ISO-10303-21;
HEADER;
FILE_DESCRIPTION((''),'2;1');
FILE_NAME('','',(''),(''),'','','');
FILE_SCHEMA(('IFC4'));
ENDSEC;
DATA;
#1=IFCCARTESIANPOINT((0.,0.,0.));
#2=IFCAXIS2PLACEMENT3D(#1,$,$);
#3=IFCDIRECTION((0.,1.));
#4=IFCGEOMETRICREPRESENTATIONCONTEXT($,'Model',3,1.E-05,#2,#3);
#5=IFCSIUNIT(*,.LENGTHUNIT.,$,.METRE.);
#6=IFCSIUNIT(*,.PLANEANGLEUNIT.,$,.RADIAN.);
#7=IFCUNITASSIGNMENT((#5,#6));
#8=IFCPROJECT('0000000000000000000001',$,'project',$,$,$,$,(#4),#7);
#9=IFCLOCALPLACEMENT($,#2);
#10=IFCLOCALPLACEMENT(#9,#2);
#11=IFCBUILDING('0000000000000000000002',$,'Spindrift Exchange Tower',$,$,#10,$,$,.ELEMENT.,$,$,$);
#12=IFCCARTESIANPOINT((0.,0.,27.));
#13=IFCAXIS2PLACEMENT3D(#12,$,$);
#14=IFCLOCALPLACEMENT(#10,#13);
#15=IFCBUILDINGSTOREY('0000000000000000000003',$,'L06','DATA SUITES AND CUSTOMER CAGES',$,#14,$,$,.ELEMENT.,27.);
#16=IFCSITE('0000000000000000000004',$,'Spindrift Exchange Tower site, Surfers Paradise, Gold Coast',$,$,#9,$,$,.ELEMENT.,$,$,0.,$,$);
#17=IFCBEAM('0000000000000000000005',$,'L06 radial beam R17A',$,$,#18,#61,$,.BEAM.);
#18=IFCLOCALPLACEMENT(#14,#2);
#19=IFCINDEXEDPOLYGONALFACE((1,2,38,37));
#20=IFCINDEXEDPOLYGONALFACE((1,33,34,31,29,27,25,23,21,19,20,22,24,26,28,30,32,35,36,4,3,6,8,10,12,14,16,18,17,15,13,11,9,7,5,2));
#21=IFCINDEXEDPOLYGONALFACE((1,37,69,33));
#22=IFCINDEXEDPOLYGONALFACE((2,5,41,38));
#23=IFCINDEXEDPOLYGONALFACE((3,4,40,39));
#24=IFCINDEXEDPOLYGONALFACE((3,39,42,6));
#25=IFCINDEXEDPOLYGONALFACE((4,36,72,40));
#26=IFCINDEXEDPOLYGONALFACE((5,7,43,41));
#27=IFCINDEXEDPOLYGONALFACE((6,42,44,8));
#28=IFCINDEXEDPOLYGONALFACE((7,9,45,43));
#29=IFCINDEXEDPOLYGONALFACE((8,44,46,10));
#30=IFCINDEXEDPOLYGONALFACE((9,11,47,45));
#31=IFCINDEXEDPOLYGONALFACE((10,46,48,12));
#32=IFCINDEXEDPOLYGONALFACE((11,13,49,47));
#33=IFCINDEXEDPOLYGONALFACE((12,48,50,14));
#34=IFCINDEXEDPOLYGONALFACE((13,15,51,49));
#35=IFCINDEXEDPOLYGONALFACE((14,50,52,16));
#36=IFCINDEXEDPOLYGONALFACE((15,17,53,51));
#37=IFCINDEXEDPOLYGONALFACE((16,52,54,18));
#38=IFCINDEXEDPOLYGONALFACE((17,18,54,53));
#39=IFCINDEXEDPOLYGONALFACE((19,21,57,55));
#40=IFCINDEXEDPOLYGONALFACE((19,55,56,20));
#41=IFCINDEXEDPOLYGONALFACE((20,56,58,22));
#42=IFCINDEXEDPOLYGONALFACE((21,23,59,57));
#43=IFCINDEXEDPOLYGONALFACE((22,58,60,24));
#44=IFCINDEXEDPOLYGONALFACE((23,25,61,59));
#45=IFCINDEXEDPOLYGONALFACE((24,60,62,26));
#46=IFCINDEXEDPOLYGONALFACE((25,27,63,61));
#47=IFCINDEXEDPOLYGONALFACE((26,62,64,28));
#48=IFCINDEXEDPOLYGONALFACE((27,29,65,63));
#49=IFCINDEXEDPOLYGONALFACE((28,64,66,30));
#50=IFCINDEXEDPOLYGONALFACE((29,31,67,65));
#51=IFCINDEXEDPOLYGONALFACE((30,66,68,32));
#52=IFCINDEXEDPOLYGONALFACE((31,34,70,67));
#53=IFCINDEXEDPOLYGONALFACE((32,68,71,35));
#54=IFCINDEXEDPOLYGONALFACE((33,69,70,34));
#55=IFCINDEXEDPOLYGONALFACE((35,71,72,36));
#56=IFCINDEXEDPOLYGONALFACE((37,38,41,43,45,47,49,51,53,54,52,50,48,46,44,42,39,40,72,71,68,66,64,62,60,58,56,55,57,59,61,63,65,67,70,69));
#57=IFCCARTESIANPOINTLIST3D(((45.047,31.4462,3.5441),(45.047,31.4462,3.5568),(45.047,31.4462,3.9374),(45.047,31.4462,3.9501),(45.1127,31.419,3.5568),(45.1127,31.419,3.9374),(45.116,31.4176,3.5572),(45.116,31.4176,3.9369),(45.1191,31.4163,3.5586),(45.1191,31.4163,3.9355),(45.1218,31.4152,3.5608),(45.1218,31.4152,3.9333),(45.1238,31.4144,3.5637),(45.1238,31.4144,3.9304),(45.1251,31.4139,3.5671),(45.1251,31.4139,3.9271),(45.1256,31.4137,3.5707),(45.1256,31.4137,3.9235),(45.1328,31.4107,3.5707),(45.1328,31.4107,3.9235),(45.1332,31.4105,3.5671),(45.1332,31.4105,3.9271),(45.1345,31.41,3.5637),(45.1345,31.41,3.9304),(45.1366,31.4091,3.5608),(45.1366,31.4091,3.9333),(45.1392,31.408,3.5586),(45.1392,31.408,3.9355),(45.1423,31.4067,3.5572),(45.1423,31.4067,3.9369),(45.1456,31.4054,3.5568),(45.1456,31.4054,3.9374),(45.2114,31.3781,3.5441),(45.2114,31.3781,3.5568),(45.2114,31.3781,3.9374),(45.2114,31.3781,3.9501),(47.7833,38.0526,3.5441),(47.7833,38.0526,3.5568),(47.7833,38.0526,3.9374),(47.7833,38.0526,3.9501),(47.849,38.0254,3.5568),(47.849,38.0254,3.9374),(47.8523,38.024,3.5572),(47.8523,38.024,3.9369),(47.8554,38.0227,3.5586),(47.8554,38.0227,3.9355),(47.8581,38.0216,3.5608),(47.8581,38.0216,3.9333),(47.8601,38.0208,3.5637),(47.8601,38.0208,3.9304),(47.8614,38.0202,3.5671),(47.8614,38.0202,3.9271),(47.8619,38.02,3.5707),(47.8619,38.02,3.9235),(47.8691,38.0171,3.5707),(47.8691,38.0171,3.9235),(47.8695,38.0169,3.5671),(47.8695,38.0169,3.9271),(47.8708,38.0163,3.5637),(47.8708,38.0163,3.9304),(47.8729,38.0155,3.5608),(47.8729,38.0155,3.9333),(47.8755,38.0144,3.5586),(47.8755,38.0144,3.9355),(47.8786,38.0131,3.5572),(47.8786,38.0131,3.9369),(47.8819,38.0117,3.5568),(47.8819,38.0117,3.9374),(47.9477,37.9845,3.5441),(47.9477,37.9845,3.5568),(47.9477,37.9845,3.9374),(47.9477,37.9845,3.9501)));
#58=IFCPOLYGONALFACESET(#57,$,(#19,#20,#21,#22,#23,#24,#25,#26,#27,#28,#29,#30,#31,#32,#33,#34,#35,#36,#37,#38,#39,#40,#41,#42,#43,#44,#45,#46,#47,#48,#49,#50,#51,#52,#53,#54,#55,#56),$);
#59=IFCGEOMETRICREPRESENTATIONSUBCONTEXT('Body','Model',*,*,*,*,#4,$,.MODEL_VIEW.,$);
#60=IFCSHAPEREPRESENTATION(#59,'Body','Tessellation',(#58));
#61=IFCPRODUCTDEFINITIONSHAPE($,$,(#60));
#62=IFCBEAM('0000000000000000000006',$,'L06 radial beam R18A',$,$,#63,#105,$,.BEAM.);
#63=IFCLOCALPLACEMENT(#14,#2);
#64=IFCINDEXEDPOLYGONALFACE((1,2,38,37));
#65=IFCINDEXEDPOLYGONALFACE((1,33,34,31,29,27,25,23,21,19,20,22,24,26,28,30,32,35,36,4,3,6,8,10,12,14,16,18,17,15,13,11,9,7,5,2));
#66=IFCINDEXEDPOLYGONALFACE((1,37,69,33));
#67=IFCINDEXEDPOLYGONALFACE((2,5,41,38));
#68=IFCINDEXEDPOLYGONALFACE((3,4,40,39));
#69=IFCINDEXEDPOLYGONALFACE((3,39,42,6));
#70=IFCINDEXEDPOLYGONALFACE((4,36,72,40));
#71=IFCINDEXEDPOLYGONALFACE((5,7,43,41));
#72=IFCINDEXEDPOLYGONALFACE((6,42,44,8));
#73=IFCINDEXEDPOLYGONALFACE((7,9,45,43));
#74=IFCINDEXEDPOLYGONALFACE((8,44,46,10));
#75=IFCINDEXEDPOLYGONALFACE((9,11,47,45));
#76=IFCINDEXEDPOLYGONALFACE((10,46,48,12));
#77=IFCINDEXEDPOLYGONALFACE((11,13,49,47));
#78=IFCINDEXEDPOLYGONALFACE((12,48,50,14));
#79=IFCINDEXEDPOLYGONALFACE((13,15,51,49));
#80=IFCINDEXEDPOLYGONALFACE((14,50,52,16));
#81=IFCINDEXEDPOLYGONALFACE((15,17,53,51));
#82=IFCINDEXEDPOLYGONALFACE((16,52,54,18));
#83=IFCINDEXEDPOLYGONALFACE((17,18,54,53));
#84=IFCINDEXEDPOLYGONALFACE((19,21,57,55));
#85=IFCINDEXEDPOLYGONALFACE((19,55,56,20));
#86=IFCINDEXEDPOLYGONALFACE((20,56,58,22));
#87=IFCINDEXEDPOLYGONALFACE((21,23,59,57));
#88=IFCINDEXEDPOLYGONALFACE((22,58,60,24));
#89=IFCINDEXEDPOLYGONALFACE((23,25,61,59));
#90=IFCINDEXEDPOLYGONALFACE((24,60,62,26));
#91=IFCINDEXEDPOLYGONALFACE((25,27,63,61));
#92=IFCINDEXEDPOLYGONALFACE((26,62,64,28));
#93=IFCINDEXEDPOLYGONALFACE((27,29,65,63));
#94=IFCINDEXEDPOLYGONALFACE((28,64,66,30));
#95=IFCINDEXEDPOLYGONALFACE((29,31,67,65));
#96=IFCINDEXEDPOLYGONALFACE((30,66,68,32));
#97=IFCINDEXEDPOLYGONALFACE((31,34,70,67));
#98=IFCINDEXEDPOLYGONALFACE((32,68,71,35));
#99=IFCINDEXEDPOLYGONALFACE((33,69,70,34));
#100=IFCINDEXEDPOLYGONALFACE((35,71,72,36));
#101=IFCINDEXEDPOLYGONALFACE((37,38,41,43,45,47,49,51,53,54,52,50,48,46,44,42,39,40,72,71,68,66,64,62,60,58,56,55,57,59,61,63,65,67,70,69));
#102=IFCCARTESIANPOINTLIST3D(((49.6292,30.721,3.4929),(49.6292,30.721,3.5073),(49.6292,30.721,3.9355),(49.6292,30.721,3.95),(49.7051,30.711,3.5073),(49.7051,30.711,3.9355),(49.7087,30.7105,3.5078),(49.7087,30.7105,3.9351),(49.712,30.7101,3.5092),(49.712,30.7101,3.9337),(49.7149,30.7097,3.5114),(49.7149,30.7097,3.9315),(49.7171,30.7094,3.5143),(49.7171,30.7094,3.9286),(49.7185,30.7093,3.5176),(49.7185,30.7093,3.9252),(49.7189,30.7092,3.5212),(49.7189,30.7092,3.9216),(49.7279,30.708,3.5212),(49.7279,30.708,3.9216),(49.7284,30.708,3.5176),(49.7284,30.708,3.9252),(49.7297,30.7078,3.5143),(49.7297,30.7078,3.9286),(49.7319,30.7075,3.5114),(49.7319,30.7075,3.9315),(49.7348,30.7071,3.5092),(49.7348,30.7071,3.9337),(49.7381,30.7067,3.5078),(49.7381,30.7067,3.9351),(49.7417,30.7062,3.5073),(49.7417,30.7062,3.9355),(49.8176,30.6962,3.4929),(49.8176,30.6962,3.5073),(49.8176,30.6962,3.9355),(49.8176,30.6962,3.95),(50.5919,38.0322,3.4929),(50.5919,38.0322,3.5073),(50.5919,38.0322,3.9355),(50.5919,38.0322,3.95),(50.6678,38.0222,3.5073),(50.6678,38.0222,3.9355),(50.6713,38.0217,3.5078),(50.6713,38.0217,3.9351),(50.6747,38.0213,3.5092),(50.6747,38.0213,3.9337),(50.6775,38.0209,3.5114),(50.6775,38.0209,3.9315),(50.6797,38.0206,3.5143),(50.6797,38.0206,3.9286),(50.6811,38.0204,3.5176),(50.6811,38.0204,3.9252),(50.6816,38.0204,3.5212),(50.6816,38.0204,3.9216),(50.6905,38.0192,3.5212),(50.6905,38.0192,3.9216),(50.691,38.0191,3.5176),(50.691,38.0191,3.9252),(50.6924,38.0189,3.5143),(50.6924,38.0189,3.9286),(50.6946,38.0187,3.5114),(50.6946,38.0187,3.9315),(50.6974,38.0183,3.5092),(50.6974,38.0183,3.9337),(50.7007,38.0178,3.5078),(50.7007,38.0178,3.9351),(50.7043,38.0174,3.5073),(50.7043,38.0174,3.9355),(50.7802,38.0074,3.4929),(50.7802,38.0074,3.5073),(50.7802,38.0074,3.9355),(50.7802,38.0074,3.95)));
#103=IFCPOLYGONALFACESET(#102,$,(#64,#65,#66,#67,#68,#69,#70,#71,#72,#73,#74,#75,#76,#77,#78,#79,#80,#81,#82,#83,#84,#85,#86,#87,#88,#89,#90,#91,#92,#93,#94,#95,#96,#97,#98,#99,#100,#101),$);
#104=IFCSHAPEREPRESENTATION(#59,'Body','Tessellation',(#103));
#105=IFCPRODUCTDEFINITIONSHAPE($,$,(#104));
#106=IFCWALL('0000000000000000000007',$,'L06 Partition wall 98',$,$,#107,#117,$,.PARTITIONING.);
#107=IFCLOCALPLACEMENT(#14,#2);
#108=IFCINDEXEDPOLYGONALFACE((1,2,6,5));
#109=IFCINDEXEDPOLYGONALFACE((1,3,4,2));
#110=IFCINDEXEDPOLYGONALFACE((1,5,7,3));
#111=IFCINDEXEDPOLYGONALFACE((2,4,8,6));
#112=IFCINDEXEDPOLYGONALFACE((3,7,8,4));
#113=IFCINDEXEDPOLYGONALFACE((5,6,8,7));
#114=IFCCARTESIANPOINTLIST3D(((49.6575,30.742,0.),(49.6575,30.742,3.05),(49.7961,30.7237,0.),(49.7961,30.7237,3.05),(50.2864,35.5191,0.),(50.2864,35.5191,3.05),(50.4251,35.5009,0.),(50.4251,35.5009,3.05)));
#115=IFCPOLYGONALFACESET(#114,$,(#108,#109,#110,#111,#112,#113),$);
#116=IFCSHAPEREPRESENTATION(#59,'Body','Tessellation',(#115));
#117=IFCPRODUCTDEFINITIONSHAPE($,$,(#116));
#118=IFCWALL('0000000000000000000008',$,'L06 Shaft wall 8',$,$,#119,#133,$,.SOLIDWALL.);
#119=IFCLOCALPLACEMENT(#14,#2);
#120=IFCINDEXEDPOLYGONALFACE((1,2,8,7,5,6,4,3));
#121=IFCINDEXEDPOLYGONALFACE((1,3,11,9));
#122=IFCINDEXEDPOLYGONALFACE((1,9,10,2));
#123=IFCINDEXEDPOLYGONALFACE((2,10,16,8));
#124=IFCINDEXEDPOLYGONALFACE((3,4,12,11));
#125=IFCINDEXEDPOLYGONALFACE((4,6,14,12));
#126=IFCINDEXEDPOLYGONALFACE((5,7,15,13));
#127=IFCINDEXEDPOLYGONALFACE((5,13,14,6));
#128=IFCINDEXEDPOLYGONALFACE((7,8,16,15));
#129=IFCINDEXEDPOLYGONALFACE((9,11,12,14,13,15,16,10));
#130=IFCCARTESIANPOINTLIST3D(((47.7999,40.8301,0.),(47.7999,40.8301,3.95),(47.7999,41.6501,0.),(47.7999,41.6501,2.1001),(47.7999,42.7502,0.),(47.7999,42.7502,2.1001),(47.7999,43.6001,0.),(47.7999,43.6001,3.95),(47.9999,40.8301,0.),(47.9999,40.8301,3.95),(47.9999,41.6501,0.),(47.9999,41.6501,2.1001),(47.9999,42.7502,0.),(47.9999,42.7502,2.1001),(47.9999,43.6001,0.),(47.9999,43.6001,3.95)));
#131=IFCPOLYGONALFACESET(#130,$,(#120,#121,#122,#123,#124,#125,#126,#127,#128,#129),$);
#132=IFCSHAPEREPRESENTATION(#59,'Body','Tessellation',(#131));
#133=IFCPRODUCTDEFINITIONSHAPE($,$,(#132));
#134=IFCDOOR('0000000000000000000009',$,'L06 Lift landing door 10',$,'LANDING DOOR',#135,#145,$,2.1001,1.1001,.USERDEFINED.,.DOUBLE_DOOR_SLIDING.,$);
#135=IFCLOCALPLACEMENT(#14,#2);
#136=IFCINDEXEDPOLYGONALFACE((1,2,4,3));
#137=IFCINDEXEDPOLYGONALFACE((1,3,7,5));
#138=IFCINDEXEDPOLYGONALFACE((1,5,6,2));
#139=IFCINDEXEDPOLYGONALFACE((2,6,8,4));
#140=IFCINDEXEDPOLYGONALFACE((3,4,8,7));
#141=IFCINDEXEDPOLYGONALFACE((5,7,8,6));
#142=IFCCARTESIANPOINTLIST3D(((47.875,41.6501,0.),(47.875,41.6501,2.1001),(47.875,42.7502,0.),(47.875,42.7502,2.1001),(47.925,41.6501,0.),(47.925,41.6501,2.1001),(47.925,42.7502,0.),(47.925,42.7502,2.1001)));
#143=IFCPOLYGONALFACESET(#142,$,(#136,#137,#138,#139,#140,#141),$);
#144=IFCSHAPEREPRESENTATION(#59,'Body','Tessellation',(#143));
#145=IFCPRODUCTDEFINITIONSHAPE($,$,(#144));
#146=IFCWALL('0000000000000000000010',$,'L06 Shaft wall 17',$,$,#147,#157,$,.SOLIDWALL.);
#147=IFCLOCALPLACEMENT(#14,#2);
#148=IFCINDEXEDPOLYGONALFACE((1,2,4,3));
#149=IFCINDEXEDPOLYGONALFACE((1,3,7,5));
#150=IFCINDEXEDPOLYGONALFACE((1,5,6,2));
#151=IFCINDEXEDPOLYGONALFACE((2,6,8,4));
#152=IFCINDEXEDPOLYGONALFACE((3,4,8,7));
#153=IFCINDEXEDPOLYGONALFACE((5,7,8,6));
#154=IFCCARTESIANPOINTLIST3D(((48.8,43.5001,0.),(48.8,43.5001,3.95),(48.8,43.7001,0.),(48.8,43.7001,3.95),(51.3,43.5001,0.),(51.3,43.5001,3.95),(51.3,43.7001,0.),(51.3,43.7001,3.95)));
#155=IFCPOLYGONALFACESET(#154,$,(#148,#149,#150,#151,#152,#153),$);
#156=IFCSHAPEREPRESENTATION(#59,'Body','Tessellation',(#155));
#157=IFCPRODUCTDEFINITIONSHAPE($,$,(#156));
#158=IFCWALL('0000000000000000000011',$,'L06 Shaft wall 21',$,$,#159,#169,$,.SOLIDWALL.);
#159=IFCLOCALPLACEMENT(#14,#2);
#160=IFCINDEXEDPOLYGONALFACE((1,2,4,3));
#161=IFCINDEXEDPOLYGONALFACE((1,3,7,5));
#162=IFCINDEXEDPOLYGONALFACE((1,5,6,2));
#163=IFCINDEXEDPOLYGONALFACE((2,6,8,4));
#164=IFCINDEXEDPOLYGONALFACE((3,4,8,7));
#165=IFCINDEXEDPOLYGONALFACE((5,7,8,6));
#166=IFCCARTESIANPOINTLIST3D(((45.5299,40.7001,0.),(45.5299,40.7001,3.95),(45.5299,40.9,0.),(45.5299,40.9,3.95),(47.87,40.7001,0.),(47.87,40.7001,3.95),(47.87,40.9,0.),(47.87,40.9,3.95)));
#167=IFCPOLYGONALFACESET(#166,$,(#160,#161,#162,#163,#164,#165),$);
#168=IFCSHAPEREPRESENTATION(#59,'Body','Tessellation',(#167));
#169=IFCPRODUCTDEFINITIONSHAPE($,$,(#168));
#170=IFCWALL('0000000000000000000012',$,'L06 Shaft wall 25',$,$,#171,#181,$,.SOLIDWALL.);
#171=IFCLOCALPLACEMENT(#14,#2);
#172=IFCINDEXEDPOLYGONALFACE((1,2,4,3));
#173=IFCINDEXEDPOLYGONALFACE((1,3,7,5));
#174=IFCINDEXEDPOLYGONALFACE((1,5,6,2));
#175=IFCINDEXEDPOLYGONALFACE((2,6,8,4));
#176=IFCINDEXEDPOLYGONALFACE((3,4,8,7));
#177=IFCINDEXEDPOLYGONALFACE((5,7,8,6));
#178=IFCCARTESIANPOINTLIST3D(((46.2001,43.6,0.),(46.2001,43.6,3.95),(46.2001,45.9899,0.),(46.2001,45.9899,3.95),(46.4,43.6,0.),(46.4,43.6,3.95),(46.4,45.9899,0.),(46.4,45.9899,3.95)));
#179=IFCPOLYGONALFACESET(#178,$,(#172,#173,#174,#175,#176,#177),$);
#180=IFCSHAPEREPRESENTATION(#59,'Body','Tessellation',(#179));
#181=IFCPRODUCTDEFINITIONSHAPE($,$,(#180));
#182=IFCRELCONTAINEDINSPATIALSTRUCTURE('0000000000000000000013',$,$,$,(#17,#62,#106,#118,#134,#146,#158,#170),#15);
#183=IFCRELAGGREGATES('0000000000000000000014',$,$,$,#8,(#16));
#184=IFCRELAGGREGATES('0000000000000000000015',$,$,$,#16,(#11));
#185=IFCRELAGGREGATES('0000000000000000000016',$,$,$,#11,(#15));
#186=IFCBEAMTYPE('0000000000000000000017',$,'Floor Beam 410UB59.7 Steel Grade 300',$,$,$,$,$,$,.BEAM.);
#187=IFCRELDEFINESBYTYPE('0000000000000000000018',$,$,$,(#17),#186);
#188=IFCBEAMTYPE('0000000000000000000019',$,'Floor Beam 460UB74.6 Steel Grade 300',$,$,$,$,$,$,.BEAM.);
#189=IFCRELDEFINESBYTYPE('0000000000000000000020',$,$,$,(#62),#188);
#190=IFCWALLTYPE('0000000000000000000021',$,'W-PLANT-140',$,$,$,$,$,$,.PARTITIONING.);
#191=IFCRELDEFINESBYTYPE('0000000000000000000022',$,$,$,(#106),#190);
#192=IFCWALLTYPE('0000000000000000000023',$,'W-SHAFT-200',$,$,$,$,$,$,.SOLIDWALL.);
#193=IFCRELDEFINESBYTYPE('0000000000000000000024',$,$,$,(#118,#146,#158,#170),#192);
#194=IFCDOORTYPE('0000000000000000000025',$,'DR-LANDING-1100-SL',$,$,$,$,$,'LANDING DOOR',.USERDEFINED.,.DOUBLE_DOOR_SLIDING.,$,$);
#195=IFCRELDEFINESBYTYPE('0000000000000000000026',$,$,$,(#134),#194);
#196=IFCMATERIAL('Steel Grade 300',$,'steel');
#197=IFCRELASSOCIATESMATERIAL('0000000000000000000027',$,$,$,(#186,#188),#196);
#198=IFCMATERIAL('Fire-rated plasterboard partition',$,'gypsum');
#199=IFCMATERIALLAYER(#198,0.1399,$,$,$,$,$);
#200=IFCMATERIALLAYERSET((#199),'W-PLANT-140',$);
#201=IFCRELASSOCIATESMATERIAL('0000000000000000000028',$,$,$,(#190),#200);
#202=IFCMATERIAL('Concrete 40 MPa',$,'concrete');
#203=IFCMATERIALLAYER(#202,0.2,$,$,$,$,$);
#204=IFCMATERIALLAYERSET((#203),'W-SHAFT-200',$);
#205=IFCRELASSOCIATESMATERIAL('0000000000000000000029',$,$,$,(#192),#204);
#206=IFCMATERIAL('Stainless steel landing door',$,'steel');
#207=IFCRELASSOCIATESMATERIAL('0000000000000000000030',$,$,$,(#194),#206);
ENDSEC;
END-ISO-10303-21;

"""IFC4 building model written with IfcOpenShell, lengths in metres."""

from ifc_helpers import new_model, si_unit, direction, frame, frame_2d, origin, origin_2d, place, context, subcontext, project, spatial, rectangle, i_section, extrude, source, transform, mapped, material, layer, layer_set, material_profile, profile_set, type_object, element, fill, save


model = new_model("IFC4")

# Units and contexts
model_context = context("Model", 3, precision=1e-05, world=origin(), true_north=direction((0.0, 1.0)))
body_context = subcontext(model_context, "Body", "Model", "MODEL_VIEW")
ifc_project = project(units=[si_unit("LENGTHUNIT", "METRE"), si_unit("PLANEANGLEUNIT", "RADIAN")], contexts=[model_context])

# Site, building, storey
site_placement = place(None, origin())
site = spatial("IfcSite", under=ifc_project, at=site_placement, Name="Spindrift Exchange Tower site, Surfers Paradise, Gold Coast", CompositionType="ELEMENT", RefElevation=0.0)
building_placement = place(site_placement, origin())
building = spatial("IfcBuilding", under=site, at=building_placement, Name="Spindrift Exchange Tower", CompositionType="ELEMENT")
storey_placement = place(building_placement, frame((0.0, 0.0, 27.0)))
storey = spatial("IfcBuildingStorey", under=building, at=storey_placement, Name="L06", Description="DATA SUITES AND CUSTOMER CAGES", CompositionType="ELEMENT", Elevation=27.0)

# Beams
ifc_material_1 = material(Name="Steel Grade 300", Category="steel")
ifc_material_profile_1 = material_profile(ifc_material_1, i_section(OverallWidth=0.178, OverallDepth=0.406, WebThickness=0.0078, FlangeThickness=0.0127, FilletRadius=0.0139, at=origin_2d()), Name="410UB59.7")
ifc_profile_set_1 = profile_set([ifc_material_profile_1], Name="Steel Grade 300")
beam_type_1 = type_object("IfcBeamType", Name="Floor Beam 410UB59.7 Steel Grade 300", PredefinedType="BEAM", material=ifc_profile_set_1)
shared_shape_1 = source(origin(), body_context, "Body", "SweptSolid", [
    extrude(i_section(OverallWidth=0.178, OverallDepth=0.406, WebThickness=0.0078, FlangeThickness=0.0127, FilletRadius=0.0139, at=origin_2d()), origin(), (0.0, 0.0, 1.0), 7.1506),
])
beam_1_placement = place(storey_placement, frame((47.8655, 38.0186, 3.7471), z_axis=(-0.382665, -0.923887, 0.0), x_axis=(0.923887, -0.382665, 0.0)))
element("IfcBeam", 1, at=beam_1_placement, inside=storey, type_object=beam_type_1, Name="L06 radial beam R17A", PredefinedType="BEAM", context=body_context, shape_type="MappedRepresentation", body=[
    mapped(shared_shape_1, transform((0.0, 0.0, 0.0), scale=1.0)),
])
ifc_material_profile_2 = material_profile(ifc_material_1, i_section(OverallWidth=0.1899, OverallDepth=0.457, WebThickness=0.009, FlangeThickness=0.0144, FilletRadius=0.0139, at=origin_2d()), Name="460UB74.6")
ifc_profile_set_2 = profile_set([ifc_material_profile_2], Name="Steel Grade 300")
beam_type_2 = type_object("IfcBeamType", Name="Floor Beam 460UB74.6 Steel Grade 300", PredefinedType="BEAM", material=ifc_profile_set_2)
shared_shape_2 = source(origin(), body_context, "Body", "SweptSolid", [
    extrude(i_section(OverallWidth=0.1899, OverallDepth=0.457, WebThickness=0.009, FlangeThickness=0.0144, FilletRadius=0.0139, at=origin_2d()), origin(), (0.0, 0.0, 1.0), 7.3743),
])
beam_2_placement = place(storey_placement, frame((50.686, 38.0198, 3.7214), z_axis=(-0.130539, -0.991443, 0.0), x_axis=(0.991443, -0.130539, 0.0)))
element("IfcBeam", 2, at=beam_2_placement, inside=storey, type_object=beam_type_2, Name="L06 radial beam R18A", PredefinedType="BEAM", context=body_context, shape_type="MappedRepresentation", body=[
    mapped(shared_shape_2, transform((0.0, 0.0, 0.0), scale=1.0)),
])

# Wall
ifc_material_2 = material(Name="Fire-rated plasterboard partition", Category="gypsum")
ifc_layer_1 = layer(ifc_material_2, 0.1399)
ifc_layer_set_1 = layer_set([ifc_layer_1], Name="W-PLANT-140")
wall_type_1 = type_object("IfcWallType", Name="W-PLANT-140", PredefinedType="PARTITIONING", material=ifc_layer_set_1)
wall_1_placement = place(storey_placement, frame((50.3557, 35.51, 0.0), z_axis=(0.0, 0.0, 1.0), x_axis=(-0.130524, -0.991445, 0.0)))
element("IfcWall", 3, at=wall_1_placement, inside=storey, type_object=wall_type_1, Name="L06 Partition wall 98", PredefinedType="PARTITIONING", context=body_context, shape_type="SweptSolid", body=[
    extrude(rectangle(XDim=4.8184, YDim=0.1399, at=frame_2d((2.4092, 0.0))), origin(), (0.0, 0.0, 1.0), 3.05),
])

# Wall, opening, door
ifc_material_3 = material(Name="Concrete 40 MPa", Category="concrete")
ifc_layer_2 = layer(ifc_material_3, 0.2)
ifc_layer_set_2 = layer_set([ifc_layer_2], Name="W-SHAFT-200")
wall_type_2 = type_object("IfcWallType", Name="W-SHAFT-200", PredefinedType="SOLIDWALL", material=ifc_layer_set_2)
wall_2_placement = place(storey_placement, frame((47.8999, 40.8301, 0.0), z_axis=(0.0, 0.0, 1.0), x_axis=(0.0, 1.0, 0.0)))
wall_2 = element("IfcWall", 4, at=wall_2_placement, inside=storey, type_object=wall_type_2, Name="L06 Shaft wall 8", PredefinedType="SOLIDWALL", context=body_context, shape_type="SweptSolid", body=[
    extrude(rectangle(XDim=2.77, YDim=0.2, at=frame_2d((1.385, 0.0))), origin(), (0.0, 0.0, 1.0), 3.95),
])
opening_1_placement = place(wall_2_placement, frame((0.8201, 0.0, 0.0)))
opening_1 = element("IfcOpeningElement", 5, at=opening_1_placement, cuts=wall_2, PredefinedType="OPENING", context=body_context, shape_type="SweptSolid", body=[
    extrude(rectangle(XDim=1.1001, YDim=2.1001, at=frame_2d((0.55, 1.05))), frame((0.0, 0.1099, 0.0), z_axis=(0.0, -1.0, 0.0), x_axis=(1.0, 0.0, 0.0)), (0.0, 0.0, 1.0), 0.22),
])
ifc_material_4 = material(Name="Stainless steel landing door", Category="steel")
door_type_1 = type_object("IfcDoorType", Name="DR-LANDING-1100-SL", ElementType="LANDING DOOR", OperationType="DOUBLE_DOOR_SLIDING", PredefinedType="USERDEFINED", material=ifc_material_4)
shared_shape_3 = source(origin(), body_context, "Body", "SweptSolid", [
    extrude(rectangle(XDim=1.1001, YDim=2.1001, at=frame_2d((0.55, 1.05))), frame((0.0, 0.0249, 0.0), z_axis=(0.0, -1.0, 0.0), x_axis=(1.0, 0.0, 0.0)), (0.0, 0.0, 1.0), 0.05),
])
door_1_placement = place(opening_1_placement, origin())
door_1 = element("IfcDoor", 6, at=door_1_placement, inside=storey, type_object=door_type_1, Name="L06 Lift landing door 10", ObjectType="LANDING DOOR", OperationType="DOUBLE_DOOR_SLIDING", OverallHeight=2.1001, OverallWidth=1.1001, PredefinedType="USERDEFINED", context=body_context, shape_type="MappedRepresentation", body=[
    mapped(shared_shape_3, transform((0.0, 0.0, 0.0), scale=1.0)),
])
fill(opening_1, door_1)

# Walls
wall_3_placement = place(storey_placement, frame((48.8, 43.6001, 0.0), z_axis=(0.0, 0.0, 1.0), x_axis=(1.0, 0.0, 0.0)))
element("IfcWall", 7, at=wall_3_placement, inside=storey, type_object=wall_type_2, Name="L06 Shaft wall 17", PredefinedType="SOLIDWALL", context=body_context, shape_type="SweptSolid", body=[
    extrude(rectangle(XDim=2.5, YDim=0.2, at=frame_2d((1.25, 0.0))), origin(), (0.0, 0.0, 1.0), 3.95),
])
wall_4_placement = place(storey_placement, frame((45.53, 40.8, 0.0), z_axis=(0.0, 0.0, 1.0), x_axis=(1.0, 0.0, 0.0)))
element("IfcWall", 8, at=wall_4_placement, inside=storey, type_object=wall_type_2, Name="L06 Shaft wall 21", PredefinedType="SOLIDWALL", context=body_context, shape_type="SweptSolid", body=[
    extrude(rectangle(XDim=2.3401, YDim=0.2, at=frame_2d((1.1699, 0.0))), origin(), (0.0, 0.0, 1.0), 3.95),
])
wall_5_placement = place(storey_placement, frame((46.3, 43.6001, 0.0), z_axis=(0.0, 0.0, 1.0), x_axis=(0.0, 1.0, 0.0)))
element("IfcWall", 9, at=wall_5_placement, inside=storey, type_object=wall_type_2, Name="L06 Shaft wall 25", PredefinedType="SOLIDWALL", context=body_context, shape_type="SweptSolid", body=[
    extrude(rectangle(XDim=2.3899, YDim=0.2, at=frame_2d((1.1948, 0.0))), origin(), (0.0, 0.0, 1.0), 3.95),
])

save(model, "model.ifc")
